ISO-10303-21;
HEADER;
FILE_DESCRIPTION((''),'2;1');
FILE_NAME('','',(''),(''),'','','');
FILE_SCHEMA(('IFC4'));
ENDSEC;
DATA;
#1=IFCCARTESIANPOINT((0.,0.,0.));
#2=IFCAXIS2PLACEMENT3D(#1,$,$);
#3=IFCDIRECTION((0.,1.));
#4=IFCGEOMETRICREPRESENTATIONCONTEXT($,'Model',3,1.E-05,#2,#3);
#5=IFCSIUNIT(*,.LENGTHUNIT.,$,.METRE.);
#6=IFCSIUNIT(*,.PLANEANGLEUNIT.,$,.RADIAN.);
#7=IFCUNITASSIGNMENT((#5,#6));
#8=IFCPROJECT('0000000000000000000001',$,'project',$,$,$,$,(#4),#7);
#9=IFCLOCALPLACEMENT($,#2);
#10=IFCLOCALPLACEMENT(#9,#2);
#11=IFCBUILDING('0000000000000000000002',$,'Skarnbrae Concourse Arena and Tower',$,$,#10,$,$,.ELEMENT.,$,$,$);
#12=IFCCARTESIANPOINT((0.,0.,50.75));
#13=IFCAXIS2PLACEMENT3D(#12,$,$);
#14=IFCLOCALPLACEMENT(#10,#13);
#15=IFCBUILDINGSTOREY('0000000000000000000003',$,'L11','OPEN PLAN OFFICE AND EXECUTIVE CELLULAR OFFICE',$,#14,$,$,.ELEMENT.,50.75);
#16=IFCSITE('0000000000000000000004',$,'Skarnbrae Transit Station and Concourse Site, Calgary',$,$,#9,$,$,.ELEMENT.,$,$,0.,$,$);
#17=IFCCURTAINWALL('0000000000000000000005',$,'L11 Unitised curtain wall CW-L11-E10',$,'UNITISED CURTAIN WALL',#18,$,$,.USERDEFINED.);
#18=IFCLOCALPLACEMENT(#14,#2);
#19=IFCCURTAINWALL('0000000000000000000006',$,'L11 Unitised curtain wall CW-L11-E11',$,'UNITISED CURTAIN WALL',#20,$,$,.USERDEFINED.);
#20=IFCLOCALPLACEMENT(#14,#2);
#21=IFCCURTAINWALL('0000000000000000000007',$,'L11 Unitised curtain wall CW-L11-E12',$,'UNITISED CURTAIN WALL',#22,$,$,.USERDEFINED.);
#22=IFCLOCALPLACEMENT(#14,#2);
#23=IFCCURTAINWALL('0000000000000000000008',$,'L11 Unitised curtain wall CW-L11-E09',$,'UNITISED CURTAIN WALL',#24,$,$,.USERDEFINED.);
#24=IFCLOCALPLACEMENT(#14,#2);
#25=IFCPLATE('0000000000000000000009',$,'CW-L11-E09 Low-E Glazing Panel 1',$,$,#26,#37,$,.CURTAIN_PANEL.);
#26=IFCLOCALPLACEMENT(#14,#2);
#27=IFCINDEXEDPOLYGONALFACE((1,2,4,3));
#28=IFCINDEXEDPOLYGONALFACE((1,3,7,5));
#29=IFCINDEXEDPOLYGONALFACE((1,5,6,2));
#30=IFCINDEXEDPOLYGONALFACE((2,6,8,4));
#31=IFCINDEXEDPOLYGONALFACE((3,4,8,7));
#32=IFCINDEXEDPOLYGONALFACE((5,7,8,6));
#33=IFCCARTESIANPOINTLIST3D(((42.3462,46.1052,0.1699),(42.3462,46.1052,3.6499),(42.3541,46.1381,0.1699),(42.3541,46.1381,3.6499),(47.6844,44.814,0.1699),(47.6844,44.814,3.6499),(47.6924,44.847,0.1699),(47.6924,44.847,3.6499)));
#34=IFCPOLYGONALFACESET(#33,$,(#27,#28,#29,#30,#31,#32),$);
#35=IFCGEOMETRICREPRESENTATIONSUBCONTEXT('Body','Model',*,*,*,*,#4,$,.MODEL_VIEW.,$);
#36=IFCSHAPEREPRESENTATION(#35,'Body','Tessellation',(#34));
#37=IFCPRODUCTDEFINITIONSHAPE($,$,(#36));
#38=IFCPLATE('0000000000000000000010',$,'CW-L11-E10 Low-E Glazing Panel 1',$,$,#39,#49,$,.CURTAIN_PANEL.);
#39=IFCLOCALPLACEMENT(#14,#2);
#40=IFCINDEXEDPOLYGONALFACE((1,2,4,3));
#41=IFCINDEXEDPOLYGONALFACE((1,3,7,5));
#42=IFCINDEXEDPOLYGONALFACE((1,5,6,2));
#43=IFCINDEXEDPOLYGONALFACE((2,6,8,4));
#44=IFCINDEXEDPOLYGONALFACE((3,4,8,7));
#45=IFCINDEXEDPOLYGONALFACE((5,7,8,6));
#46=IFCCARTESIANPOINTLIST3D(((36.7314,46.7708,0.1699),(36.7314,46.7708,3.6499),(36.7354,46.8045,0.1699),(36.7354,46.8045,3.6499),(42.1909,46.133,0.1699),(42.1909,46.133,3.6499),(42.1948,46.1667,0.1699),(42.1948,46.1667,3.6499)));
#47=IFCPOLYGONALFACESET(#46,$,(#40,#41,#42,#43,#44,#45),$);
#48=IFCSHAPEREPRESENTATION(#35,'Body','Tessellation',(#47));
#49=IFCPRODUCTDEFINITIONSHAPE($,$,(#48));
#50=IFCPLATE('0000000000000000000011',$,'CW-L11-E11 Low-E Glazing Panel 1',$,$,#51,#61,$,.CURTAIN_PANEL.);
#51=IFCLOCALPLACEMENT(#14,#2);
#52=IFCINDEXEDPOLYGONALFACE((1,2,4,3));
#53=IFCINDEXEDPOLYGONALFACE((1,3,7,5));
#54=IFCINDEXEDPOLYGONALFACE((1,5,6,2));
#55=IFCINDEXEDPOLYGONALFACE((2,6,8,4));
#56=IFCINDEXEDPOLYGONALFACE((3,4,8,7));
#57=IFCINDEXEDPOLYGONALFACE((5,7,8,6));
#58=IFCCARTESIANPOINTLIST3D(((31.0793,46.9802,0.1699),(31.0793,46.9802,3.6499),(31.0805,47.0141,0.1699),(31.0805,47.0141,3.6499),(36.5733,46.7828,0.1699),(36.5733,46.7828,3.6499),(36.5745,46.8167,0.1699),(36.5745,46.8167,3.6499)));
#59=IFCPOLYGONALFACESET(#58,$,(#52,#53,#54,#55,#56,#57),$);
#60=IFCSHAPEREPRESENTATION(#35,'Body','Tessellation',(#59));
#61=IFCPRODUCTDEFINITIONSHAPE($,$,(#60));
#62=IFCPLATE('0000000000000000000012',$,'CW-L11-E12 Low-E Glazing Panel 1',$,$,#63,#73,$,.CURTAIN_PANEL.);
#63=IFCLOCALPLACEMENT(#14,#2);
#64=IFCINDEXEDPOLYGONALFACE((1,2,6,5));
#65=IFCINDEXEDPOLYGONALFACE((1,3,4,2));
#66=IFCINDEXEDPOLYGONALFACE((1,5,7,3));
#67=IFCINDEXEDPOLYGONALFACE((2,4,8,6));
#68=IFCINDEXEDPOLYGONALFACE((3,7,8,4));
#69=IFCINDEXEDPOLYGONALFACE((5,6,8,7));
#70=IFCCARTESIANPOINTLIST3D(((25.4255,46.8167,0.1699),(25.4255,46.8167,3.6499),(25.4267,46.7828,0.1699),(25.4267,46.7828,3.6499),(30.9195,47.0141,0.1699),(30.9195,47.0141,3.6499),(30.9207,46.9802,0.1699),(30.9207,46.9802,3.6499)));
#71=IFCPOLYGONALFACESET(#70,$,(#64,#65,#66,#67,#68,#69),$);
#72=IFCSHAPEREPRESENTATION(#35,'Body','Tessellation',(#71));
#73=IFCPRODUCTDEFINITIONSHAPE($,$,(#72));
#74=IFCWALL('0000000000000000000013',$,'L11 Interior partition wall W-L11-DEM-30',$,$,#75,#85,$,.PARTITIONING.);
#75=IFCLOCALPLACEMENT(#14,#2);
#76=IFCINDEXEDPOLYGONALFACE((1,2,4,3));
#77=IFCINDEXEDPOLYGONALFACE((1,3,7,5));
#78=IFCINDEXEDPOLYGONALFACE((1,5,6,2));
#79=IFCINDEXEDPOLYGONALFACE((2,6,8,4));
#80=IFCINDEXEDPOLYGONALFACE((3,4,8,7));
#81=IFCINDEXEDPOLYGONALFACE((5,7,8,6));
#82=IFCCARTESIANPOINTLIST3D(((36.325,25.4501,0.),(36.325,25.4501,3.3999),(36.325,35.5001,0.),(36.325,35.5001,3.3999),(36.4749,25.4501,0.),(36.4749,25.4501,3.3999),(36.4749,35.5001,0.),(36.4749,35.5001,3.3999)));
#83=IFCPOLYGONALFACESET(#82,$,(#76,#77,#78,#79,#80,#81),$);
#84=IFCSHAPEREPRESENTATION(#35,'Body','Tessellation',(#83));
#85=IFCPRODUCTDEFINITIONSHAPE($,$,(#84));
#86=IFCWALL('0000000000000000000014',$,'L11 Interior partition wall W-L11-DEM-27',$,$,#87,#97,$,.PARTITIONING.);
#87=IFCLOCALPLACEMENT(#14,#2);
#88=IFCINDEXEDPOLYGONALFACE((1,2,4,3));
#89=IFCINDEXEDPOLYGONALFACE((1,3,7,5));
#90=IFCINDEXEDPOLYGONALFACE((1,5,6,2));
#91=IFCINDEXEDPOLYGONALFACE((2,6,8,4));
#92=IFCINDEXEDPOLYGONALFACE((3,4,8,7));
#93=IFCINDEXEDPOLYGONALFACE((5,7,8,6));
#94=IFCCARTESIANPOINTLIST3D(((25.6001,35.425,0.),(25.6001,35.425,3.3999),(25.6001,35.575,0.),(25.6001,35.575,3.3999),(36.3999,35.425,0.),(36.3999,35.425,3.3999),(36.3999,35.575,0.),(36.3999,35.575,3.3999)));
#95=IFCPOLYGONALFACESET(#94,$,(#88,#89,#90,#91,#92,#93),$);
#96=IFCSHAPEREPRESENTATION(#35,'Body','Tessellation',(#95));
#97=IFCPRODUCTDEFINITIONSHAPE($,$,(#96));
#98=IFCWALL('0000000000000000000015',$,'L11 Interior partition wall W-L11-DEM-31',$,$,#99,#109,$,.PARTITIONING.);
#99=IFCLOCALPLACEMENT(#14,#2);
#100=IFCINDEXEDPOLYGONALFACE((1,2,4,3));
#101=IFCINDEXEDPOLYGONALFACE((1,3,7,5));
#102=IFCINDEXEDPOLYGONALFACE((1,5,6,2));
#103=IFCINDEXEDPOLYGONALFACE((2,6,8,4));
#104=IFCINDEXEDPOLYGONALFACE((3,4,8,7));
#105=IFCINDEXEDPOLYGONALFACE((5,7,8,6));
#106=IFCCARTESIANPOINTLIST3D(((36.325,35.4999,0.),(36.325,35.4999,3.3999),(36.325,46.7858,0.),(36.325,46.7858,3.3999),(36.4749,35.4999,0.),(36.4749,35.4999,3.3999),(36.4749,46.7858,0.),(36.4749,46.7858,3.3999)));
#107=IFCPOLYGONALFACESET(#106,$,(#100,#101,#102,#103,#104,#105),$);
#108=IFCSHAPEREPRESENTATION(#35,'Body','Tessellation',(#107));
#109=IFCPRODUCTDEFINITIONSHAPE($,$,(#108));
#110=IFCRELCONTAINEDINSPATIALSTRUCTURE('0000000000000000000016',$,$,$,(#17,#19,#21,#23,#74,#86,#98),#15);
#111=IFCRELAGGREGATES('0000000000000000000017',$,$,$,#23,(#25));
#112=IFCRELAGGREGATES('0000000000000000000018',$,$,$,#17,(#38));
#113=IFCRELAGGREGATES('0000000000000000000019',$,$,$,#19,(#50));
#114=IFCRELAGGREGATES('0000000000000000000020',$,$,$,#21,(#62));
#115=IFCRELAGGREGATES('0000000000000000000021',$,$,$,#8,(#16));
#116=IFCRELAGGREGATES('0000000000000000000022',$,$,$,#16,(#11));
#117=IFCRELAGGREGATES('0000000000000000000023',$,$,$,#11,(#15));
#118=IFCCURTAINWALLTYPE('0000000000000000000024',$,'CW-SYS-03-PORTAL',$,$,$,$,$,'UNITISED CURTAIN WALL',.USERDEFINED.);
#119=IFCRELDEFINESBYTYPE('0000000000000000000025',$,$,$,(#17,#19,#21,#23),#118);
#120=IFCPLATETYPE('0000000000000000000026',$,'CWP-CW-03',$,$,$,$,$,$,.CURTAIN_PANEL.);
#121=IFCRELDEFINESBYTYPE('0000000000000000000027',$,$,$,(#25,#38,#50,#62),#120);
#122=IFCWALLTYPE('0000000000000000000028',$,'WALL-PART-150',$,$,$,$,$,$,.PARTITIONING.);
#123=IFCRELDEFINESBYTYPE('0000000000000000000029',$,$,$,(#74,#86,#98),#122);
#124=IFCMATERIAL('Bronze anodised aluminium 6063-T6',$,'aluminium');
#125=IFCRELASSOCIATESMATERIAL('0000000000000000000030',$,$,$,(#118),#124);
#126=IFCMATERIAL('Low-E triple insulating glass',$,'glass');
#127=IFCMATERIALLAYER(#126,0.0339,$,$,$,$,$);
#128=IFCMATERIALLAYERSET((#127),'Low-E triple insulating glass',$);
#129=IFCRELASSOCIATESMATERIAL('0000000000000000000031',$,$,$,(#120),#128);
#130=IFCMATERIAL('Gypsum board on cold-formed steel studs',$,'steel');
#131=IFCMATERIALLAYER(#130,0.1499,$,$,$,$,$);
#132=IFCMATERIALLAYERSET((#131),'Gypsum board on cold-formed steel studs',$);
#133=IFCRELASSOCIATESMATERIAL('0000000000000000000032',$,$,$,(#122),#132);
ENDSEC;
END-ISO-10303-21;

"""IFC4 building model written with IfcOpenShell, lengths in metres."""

from ifc_helpers import new_model, si_unit, direction, frame, frame_2d, origin, origin_2d, place, context, subcontext, project, spatial, rectangle, extrude, source, transform, mapped, material, layer, layer_set, type_object, element, aggregate, save


model = new_model("IFC4")

# Units and contexts
model_context = context("Model", 3, precision=1e-05, world=origin(), true_north=direction((0.0, 1.0)))
body_context = subcontext(model_context, "Body", "Model", "MODEL_VIEW")
ifc_project = project(units=[si_unit("LENGTHUNIT", "METRE"), si_unit("PLANEANGLEUNIT", "RADIAN")], contexts=[model_context])

# Site, building, storey
site_placement = place(None, origin())
site = spatial("IfcSite", under=ifc_project, at=site_placement, Name="Skarnbrae Transit Station and Concourse Site, Calgary", CompositionType="ELEMENT", RefElevation=0.0)
building_placement = place(site_placement, origin())
building = spatial("IfcBuilding", under=site, at=building_placement, Name="Skarnbrae Concourse Arena and Tower", CompositionType="ELEMENT")
storey_placement = place(building_placement, frame((0.0, 0.0, 50.75)))
storey = spatial("IfcBuildingStorey", under=building, at=storey_placement, Name="L11", Description="OPEN PLAN OFFICE AND EXECUTIVE CELLULAR OFFICE", CompositionType="ELEMENT", Elevation=50.75)

# Curtain walls
ifc_material_1 = material(Name="Bronze anodised aluminium 6063-T6", Category="aluminium")
curtain_wall_type = type_object("IfcCurtainWallType", Name="CW-SYS-03-PORTAL", ElementType="UNITISED CURTAIN WALL", PredefinedType="USERDEFINED", material=ifc_material_1)
curtain_wall_1_placement = place(storey_placement, origin())
curtain_wall_1 = element("IfcCurtainWall", 1, at=curtain_wall_1_placement, inside=storey, type_object=curtain_wall_type, Name="L11 Unitised curtain wall CW-L11-E10", ObjectType="UNITISED CURTAIN WALL", PredefinedType="USERDEFINED")
curtain_wall_2_placement = place(storey_placement, origin())
curtain_wall_2 = element("IfcCurtainWall", 2, at=curtain_wall_2_placement, inside=storey, type_object=curtain_wall_type, Name="L11 Unitised curtain wall CW-L11-E11", ObjectType="UNITISED CURTAIN WALL", PredefinedType="USERDEFINED")
curtain_wall_3_placement = place(storey_placement, origin())
curtain_wall_3 = element("IfcCurtainWall", 3, at=curtain_wall_3_placement, inside=storey, type_object=curtain_wall_type, Name="L11 Unitised curtain wall CW-L11-E12", ObjectType="UNITISED CURTAIN WALL", PredefinedType="USERDEFINED")
curtain_wall_4_placement = place(storey_placement, origin())
curtain_wall_4 = element("IfcCurtainWall", 4, at=curtain_wall_4_placement, inside=storey, type_object=curtain_wall_type, Name="L11 Unitised curtain wall CW-L11-E09", ObjectType="UNITISED CURTAIN WALL", PredefinedType="USERDEFINED")

# Plates
ifc_material_2 = material(Name="Low-E triple insulating glass", Category="glass")
ifc_layer_1 = layer(ifc_material_2, 0.0339)
ifc_layer_set_1 = layer_set([ifc_layer_1], Name="Low-E triple insulating glass")
plate_type = type_object("IfcPlateType", Name="CWP-CW-03", PredefinedType="CURTAIN_PANEL", material=ifc_layer_set_1)
shared_shape_1 = source(origin(), body_context, "Body", "SweptSolid", [
    extrude(rectangle(XDim=5.4922, YDim=0.0339, at=origin_2d()), origin(), (0.0, 0.0, 1.0), 3.48),
])
plate_1_placement = place(storey_placement, frame((45.0193, 45.4761, 0.1699), z_axis=(0.0, 0.0, 1.0), x_axis=(-0.971974, 0.23509, 0.0)))
plate_1 = element("IfcPlate", 5, at=plate_1_placement, type_object=plate_type, Name="CW-L11-E09 Low-E Glazing Panel 1", PredefinedType="CURTAIN_PANEL", context=body_context, shape_type="MappedRepresentation", body=[
    mapped(shared_shape_1, transform((0.0, 0.0, 0.0))),
])
aggregate(curtain_wall_4, [plate_1])
shared_shape_2 = source(origin(), body_context, "Body", "SweptSolid", [
    extrude(rectangle(XDim=5.4966, YDim=0.0339, at=origin_2d()), origin(), (0.0, 0.0, 1.0), 3.48),
])
plate_2_placement = place(storey_placement, frame((39.4631, 46.4688, 0.1699), z_axis=(0.0, 0.0, 1.0), x_axis=(-0.993245, 0.11604, 0.0)))
plate_2 = element("IfcPlate", 6, at=plate_2_placement, type_object=plate_type, Name="CW-L11-E10 Low-E Glazing Panel 1", PredefinedType="CURTAIN_PANEL", context=body_context, shape_type="MappedRepresentation", body=[
    mapped(shared_shape_2, transform((0.0, 0.0, 0.0))),
])
aggregate(curtain_wall_1, [plate_2])
shared_shape_3 = source(origin(), body_context, "Body", "SweptSolid", [
    extrude(rectangle(XDim=5.4976, YDim=0.0339, at=origin_2d()), origin(), (0.0, 0.0, 1.0), 3.48),
])
plate_3_placement = place(storey_placement, frame((33.8269, 46.8984, 0.1699), z_axis=(0.0, 0.0, 1.0), x_axis=(-0.999355, 0.035899, 0.0)))
plate_3 = element("IfcPlate", 7, at=plate_3_placement, type_object=plate_type, Name="CW-L11-E11 Low-E Glazing Panel 1", PredefinedType="CURTAIN_PANEL", context=body_context, shape_type="MappedRepresentation", body=[
    mapped(shared_shape_3, transform((0.0, 0.0, 0.0))),
])
aggregate(curtain_wall_2, [plate_3])
plate_4_placement = place(storey_placement, frame((28.1731, 46.8984, 0.1699), z_axis=(0.0, 0.0, 1.0), x_axis=(-0.999355, -0.035899, 0.0)))
plate_4 = element("IfcPlate", 8, at=plate_4_placement, type_object=plate_type, Name="CW-L11-E12 Low-E Glazing Panel 1", PredefinedType="CURTAIN_PANEL", context=body_context, shape_type="MappedRepresentation", body=[
    mapped(shared_shape_3, transform((0.0, 0.0, 0.0))),
])
aggregate(curtain_wall_3, [plate_4])

# Walls
ifc_material_3 = material(Name="Gypsum board on cold-formed steel studs", Category="steel")
ifc_layer_2 = layer(ifc_material_3, 0.1499)
ifc_layer_set_2 = layer_set([ifc_layer_2], Name="Gypsum board on cold-formed steel studs")
wall_type = type_object("IfcWallType", Name="WALL-PART-150", PredefinedType="PARTITIONING", material=ifc_layer_set_2)
shared_shape_4 = source(origin(), body_context, "Body", "SweptSolid", [
    extrude(rectangle(XDim=10.05, YDim=0.1499, at=frame_2d((5.0249, 0.0))), origin(), (0.0, 0.0, 1.0), 3.3999),
])
wall_1_placement = place(storey_placement, frame((36.3999, 35.5, 0.0), z_axis=(0.0, 0.0, 1.0), x_axis=(0.0, -1.0, 0.0)))
element("IfcWall", 9, at=wall_1_placement, inside=storey, type_object=wall_type, Name="L11 Interior partition wall W-L11-DEM-30", PredefinedType="PARTITIONING", context=body_context, shape_type="MappedRepresentation", body=[
    mapped(shared_shape_4, transform((0.0, 0.0, 0.0))),
])
shared_shape_5 = source(origin(), body_context, "Body", "SweptSolid", [
    extrude(rectangle(XDim=10.7998, YDim=0.1499, at=frame_2d((5.3999, 0.0))), origin(), (0.0, 0.0, 1.0), 3.3999),
])
wall_2_placement = place(storey_placement, frame((36.3999, 35.5, 0.0), z_axis=(0.0, 0.0, 1.0), x_axis=(-1.0, 0.0, 0.0)))
element("IfcWall", 10, at=wall_2_placement, inside=storey, type_object=wall_type, Name="L11 Interior partition wall W-L11-DEM-27", PredefinedType="PARTITIONING", context=body_context, shape_type="MappedRepresentation", body=[
    mapped(shared_shape_5, transform((0.0, 0.0, 0.0))),
])
shared_shape_6 = source(origin(), body_context, "Body", "SweptSolid", [
    extrude(rectangle(XDim=11.2859, YDim=0.1499, at=frame_2d((5.6431, 0.0))), origin(), (0.0, 0.0, 1.0), 3.3999),
])
wall_3_placement = place(storey_placement, frame((36.3999, 46.7859, 0.0), z_axis=(0.0, 0.0, 1.0), x_axis=(0.0, -1.0, 0.0)))
element("IfcWall", 11, at=wall_3_placement, inside=storey, type_object=wall_type, Name="L11 Interior partition wall W-L11-DEM-31", PredefinedType="PARTITIONING", context=body_context, shape_type="MappedRepresentation", body=[
    mapped(shared_shape_6, transform((0.0, 0.0, 0.0))),
])

save(model, "model.ifc")
